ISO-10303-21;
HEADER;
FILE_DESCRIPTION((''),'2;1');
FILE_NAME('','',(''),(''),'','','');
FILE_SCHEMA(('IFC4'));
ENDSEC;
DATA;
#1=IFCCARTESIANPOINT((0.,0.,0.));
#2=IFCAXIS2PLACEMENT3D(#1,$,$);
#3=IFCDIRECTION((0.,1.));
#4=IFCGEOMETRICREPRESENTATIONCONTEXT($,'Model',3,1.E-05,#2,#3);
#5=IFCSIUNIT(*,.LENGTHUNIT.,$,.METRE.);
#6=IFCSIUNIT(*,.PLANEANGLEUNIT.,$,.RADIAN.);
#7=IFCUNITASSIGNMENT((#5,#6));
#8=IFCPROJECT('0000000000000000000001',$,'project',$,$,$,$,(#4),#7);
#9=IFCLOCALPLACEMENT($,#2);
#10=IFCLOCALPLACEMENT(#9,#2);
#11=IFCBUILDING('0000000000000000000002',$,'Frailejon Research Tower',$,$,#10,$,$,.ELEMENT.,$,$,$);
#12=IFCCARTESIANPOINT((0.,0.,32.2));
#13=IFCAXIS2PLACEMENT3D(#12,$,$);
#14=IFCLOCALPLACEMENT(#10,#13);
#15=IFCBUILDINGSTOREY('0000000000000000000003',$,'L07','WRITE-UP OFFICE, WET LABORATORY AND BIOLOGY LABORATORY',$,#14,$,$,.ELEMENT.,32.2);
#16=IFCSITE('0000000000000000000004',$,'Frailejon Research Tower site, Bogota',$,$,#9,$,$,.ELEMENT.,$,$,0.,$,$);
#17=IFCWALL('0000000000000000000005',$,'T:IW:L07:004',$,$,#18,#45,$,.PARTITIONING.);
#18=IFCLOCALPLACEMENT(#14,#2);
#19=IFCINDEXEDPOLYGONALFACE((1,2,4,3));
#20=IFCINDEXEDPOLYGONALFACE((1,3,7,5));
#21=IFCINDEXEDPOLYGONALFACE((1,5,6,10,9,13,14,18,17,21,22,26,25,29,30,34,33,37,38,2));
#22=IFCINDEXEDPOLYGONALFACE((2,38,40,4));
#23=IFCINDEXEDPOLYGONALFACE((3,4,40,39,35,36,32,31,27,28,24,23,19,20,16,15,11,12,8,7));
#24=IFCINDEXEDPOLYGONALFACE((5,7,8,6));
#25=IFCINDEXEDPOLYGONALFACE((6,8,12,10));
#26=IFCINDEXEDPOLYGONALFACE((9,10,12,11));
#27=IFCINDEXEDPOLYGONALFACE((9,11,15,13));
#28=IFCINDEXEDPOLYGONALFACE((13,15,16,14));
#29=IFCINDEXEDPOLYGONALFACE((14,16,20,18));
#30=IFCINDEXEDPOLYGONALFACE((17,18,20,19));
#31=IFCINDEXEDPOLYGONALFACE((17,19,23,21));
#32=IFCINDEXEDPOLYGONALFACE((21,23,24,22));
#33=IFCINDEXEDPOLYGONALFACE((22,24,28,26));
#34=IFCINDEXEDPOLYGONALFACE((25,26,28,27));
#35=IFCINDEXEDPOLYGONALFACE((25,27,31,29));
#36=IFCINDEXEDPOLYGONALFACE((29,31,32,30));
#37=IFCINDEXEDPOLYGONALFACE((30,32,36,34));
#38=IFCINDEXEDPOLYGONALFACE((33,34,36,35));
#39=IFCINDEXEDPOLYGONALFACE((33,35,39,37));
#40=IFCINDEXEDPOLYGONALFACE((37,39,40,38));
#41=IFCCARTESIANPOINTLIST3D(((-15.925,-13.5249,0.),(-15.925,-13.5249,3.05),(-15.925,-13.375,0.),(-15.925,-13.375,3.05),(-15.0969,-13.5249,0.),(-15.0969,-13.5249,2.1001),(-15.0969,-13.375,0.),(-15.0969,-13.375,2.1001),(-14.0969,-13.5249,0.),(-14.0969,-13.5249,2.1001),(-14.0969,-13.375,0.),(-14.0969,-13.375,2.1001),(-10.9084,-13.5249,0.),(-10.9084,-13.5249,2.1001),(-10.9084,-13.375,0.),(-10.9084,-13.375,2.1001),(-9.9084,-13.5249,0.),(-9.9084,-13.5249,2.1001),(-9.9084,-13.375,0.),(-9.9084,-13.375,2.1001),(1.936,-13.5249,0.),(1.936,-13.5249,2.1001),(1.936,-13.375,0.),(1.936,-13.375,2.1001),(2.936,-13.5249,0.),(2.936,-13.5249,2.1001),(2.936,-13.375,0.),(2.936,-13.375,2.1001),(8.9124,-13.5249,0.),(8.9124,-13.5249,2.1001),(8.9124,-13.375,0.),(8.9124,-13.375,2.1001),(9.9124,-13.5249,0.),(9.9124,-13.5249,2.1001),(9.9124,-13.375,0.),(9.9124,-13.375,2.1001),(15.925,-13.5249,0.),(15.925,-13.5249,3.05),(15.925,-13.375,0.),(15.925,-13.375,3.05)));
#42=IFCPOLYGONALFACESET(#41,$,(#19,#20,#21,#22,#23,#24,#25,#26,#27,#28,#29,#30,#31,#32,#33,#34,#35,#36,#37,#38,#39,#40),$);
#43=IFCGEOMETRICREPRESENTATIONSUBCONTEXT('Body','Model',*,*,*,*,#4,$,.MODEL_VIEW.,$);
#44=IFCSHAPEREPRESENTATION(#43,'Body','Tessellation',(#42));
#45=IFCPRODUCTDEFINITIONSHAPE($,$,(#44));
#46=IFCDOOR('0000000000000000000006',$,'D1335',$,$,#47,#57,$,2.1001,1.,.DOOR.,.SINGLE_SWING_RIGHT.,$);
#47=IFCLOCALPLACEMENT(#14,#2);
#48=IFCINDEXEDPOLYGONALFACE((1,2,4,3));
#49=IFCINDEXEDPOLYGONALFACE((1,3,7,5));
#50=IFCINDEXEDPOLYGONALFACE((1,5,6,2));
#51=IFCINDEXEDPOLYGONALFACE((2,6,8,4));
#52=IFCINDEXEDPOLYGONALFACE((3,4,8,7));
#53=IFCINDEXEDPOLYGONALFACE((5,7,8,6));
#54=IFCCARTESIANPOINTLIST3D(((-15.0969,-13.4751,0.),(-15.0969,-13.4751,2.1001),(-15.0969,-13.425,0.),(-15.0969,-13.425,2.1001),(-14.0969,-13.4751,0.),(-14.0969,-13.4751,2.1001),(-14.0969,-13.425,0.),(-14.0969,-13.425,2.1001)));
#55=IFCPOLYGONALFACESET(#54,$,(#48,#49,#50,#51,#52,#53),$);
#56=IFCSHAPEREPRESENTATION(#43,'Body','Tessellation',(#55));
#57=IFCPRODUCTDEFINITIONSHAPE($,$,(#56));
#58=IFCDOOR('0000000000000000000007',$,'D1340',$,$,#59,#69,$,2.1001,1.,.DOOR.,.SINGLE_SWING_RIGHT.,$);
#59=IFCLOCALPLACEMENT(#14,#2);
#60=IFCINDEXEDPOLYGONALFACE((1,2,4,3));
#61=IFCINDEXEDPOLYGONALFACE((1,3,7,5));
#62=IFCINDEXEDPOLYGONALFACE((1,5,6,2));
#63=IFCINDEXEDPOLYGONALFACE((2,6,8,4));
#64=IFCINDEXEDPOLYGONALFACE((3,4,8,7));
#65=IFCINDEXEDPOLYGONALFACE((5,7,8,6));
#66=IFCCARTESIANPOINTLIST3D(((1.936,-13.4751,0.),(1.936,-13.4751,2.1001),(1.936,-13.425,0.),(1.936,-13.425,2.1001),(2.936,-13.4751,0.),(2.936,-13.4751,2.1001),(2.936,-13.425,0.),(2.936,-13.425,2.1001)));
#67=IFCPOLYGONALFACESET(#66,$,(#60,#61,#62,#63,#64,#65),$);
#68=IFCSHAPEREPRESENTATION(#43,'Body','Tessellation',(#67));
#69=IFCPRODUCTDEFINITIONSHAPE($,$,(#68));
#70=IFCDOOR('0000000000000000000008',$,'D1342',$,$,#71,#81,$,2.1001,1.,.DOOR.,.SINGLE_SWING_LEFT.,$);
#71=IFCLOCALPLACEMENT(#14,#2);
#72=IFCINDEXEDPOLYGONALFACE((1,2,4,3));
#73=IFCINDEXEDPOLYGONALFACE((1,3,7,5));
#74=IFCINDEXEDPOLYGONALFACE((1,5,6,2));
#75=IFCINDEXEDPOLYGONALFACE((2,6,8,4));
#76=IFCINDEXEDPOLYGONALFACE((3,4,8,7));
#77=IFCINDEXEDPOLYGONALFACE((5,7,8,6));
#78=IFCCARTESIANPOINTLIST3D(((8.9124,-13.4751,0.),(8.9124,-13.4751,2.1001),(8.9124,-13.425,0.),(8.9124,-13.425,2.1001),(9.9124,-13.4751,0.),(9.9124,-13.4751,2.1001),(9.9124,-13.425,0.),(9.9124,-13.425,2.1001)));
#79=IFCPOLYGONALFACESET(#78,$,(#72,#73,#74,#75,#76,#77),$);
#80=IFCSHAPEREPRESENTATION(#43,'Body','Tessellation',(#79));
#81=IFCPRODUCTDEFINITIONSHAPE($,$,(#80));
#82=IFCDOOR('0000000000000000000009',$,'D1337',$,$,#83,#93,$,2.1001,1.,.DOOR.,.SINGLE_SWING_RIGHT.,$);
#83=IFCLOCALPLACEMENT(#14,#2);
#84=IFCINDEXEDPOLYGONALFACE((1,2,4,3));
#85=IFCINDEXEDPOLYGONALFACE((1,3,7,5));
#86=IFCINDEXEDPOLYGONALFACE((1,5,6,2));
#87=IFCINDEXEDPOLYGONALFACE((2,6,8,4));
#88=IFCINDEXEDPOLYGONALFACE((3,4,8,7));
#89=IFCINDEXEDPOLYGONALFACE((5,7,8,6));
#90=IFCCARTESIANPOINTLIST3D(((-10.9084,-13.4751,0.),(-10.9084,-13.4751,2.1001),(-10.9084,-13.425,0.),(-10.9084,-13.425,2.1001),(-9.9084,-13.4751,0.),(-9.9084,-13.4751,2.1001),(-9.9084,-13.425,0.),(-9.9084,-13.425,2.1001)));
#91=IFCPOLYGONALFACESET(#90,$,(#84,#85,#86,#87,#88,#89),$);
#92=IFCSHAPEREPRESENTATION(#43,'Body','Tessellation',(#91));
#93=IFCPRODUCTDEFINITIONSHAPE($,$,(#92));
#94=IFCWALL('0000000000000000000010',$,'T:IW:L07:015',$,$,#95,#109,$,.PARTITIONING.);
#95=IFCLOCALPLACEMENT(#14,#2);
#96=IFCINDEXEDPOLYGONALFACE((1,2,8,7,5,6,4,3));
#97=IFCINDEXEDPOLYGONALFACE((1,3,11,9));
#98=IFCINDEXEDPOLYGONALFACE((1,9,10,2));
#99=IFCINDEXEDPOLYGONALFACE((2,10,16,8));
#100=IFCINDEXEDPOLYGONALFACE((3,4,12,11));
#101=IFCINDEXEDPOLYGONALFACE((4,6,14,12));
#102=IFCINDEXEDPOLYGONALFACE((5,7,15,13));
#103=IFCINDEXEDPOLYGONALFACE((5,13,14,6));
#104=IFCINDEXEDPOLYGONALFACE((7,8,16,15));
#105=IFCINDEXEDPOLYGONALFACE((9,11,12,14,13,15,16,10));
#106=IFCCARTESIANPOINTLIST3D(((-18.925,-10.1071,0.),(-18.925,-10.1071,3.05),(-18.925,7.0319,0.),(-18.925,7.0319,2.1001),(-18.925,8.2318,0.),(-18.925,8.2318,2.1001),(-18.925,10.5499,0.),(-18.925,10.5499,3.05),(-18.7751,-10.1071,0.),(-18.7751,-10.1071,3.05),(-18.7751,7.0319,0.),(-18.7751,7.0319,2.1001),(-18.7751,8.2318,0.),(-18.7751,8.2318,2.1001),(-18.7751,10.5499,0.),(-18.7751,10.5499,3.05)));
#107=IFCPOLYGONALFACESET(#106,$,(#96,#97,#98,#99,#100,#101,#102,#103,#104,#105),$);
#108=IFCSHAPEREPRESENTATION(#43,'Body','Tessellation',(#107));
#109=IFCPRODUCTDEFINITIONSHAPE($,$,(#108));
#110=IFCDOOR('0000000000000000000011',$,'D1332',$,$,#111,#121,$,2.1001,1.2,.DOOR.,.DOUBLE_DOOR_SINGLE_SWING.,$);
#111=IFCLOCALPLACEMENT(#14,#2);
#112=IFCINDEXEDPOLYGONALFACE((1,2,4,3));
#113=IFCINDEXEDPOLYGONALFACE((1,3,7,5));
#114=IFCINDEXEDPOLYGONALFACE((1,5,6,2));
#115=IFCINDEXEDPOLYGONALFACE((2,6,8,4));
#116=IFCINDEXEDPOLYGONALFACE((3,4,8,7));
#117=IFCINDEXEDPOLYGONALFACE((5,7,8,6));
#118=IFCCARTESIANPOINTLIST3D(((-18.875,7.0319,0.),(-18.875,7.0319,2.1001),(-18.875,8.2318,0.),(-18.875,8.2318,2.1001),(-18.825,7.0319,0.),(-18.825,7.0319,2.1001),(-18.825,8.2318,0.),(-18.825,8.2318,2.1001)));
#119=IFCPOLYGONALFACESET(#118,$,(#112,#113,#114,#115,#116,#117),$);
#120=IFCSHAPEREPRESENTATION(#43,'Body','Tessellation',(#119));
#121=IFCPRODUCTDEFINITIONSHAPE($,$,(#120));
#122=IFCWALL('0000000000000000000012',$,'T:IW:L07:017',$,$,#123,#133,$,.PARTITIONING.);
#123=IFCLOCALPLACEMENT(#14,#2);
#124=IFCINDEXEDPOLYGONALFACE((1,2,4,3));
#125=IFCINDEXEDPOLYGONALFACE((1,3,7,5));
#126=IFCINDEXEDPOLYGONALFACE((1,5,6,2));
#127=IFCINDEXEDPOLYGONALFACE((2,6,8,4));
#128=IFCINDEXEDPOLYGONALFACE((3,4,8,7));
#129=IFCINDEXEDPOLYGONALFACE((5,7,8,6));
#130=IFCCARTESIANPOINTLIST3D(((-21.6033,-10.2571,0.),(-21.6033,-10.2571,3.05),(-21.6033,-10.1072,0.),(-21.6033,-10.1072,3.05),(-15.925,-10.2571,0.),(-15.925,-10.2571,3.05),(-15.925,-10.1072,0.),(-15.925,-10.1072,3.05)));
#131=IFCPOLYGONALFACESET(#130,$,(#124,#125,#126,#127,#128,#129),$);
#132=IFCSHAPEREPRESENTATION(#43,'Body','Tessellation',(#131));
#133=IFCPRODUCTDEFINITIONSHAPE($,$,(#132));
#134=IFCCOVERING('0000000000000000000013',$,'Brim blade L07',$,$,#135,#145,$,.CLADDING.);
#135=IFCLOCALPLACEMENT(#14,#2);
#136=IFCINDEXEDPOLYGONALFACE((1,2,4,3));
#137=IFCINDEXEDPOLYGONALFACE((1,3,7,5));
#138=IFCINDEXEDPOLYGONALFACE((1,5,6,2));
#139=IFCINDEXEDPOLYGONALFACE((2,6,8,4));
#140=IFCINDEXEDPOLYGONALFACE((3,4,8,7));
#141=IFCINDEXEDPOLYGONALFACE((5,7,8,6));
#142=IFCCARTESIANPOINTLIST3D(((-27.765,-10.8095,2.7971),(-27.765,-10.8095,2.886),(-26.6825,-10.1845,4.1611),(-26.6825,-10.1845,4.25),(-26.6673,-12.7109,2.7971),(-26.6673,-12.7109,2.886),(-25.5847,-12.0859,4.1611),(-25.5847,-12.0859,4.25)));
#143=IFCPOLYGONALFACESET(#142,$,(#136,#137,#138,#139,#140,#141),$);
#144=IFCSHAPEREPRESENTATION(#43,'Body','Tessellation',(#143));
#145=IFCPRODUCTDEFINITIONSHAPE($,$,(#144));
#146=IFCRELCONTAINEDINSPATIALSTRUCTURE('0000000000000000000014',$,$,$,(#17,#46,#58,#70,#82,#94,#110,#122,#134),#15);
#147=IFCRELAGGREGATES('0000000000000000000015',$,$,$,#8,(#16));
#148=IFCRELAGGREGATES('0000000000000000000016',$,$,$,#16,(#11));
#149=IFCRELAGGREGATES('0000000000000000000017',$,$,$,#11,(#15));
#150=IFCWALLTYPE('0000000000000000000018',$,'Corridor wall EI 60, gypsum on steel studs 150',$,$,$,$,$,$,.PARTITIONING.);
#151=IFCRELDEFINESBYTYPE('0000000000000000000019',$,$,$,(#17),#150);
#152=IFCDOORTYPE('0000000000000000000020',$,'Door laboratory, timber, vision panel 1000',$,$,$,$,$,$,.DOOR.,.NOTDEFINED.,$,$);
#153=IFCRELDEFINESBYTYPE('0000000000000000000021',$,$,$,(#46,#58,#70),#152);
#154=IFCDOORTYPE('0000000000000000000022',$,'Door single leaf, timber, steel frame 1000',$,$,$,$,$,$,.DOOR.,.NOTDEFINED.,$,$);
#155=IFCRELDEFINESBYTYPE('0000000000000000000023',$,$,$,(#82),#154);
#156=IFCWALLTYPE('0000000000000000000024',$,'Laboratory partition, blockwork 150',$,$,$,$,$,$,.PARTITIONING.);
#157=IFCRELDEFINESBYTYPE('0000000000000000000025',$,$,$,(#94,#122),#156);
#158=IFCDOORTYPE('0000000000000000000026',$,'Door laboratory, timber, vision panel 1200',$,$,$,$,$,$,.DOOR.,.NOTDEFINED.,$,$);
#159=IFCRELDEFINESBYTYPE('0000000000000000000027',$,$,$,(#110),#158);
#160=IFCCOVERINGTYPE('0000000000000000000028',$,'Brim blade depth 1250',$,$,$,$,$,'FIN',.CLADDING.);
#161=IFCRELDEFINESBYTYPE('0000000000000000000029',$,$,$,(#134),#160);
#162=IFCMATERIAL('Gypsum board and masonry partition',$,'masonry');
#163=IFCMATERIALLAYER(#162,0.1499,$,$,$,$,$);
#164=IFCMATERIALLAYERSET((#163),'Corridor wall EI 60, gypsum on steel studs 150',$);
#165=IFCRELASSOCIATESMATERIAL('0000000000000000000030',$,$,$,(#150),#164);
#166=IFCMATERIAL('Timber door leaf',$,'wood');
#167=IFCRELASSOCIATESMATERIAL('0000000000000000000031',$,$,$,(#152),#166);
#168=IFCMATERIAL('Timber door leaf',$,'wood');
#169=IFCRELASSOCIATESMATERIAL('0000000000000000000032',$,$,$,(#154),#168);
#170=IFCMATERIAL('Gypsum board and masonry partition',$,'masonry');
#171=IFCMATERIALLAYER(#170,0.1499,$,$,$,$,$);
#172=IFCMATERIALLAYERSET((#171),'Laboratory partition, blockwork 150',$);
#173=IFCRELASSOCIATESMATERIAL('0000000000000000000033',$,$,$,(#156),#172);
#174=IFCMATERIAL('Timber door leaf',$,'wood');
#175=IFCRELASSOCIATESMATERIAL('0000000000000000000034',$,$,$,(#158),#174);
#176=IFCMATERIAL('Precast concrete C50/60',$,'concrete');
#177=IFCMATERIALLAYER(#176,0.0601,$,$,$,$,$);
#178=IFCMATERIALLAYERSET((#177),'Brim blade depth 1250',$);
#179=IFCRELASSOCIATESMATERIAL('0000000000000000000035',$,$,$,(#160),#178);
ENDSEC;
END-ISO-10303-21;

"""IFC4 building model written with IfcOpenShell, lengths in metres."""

from ifc_helpers import new_model, si_unit, direction, frame, frame_2d, origin, place, context, subcontext, project, spatial, polyline, rectangle, outline, extrude, material, layer, layer_set, type_object, element, fill, save


model = new_model("IFC4")

# Units and contexts
model_context = context("Model", 3, precision=1e-05, world=origin(), true_north=direction((0.0, 1.0)))
body_context = subcontext(model_context, "Body", "Model", "MODEL_VIEW")
ifc_project = project(units=[si_unit("LENGTHUNIT", "METRE"), si_unit("PLANEANGLEUNIT", "RADIAN")], contexts=[model_context])

# Site, building, storey
site_placement = place(None, origin())
site = spatial("IfcSite", under=ifc_project, at=site_placement, Name="Frailejon Research Tower site, Bogota", CompositionType="ELEMENT", RefElevation=0.0)
building_placement = place(site_placement, origin())
building = spatial("IfcBuilding", under=site, at=building_placement, Name="Frailejon Research Tower", CompositionType="ELEMENT")
storey_placement = place(building_placement, frame((0.0, 0.0, 32.2)))
storey = spatial("IfcBuildingStorey", under=building, at=storey_placement, Name="L07", Description="WRITE-UP OFFICE, WET LABORATORY AND BIOLOGY LABORATORY", CompositionType="ELEMENT", Elevation=32.2)

# Wall, openings, doors
ifc_material_1 = material(Name="Gypsum board and masonry partition", Category="masonry")
ifc_layer_1 = layer(ifc_material_1, 0.1499)
ifc_layer_set_1 = layer_set([ifc_layer_1], Name="Corridor wall EI 60, gypsum on steel studs 150")
wall_type_1 = type_object("IfcWallType", Name="Corridor wall EI 60, gypsum on steel studs 150", PredefinedType="PARTITIONING", material=ifc_layer_set_1)
ifc_material_2 = material(Name="Timber door leaf", Category="wood")
door_type_1 = type_object("IfcDoorType", Name="Door laboratory, timber, vision panel 1000", OperationType="NOTDEFINED", PredefinedType="DOOR", material=ifc_material_2)
ifc_material_3 = material(Name="Timber door leaf", Category="wood")
door_type_2 = type_object("IfcDoorType", Name="Door single leaf, timber, steel frame 1000", OperationType="NOTDEFINED", PredefinedType="DOOR", material=ifc_material_3)
wall_1_placement = place(storey_placement, frame((-15.925, -13.45, 0.0), z_axis=(0.0, 0.0, 1.0), x_axis=(1.0, 0.0, 0.0)))
wall_1 = element("IfcWall", 1, at=wall_1_placement, inside=storey, type_object=wall_type_1, Name="T:IW:L07:004", PredefinedType="PARTITIONING", context=body_context, shape_type="SweptSolid", body=[
    extrude(rectangle(XDim=31.8501, YDim=0.1499, at=frame_2d((15.925, 0.0))), origin(), (0.0, 0.0, 1.0), 3.05),
])
opening_1_placement = place(wall_1_placement, frame((0.8281, 0.0, 0.0)))
opening_1 = element("IfcOpeningElement", 2, at=opening_1_placement, cuts=wall_1, PredefinedType="OPENING", context=body_context, shape_type="SweptSolid", body=[
    extrude(rectangle(XDim=1.0, YDim=2.1001, at=frame_2d((0.5, 1.05))), frame((0.0, 0.085, 0.0), z_axis=(0.0, -1.0, 0.0), x_axis=(1.0, 0.0, 0.0)), (0.0, 0.0, 1.0), 0.1699),
])
opening_2_placement = place(wall_1_placement, frame((5.0166, 0.0, 0.0)))
opening_2 = element("IfcOpeningElement", 3, at=opening_2_placement, cuts=wall_1, PredefinedType="OPENING", context=body_context, shape_type="SweptSolid", body=[
    extrude(rectangle(XDim=1.0, YDim=2.1001, at=frame_2d((0.5, 1.05))), frame((0.0, 0.085, 0.0), z_axis=(0.0, -1.0, 0.0), x_axis=(1.0, 0.0, 0.0)), (0.0, 0.0, 1.0), 0.1699),
])
opening_3_placement = place(wall_1_placement, frame((17.8611, 0.0, 0.0)))
opening_3 = element("IfcOpeningElement", 4, at=opening_3_placement, cuts=wall_1, PredefinedType="OPENING", context=body_context, shape_type="SweptSolid", body=[
    extrude(rectangle(XDim=1.0, YDim=2.1001, at=frame_2d((0.5, 1.05))), frame((0.0, 0.085, 0.0), z_axis=(0.0, -1.0, 0.0), x_axis=(1.0, 0.0, 0.0)), (0.0, 0.0, 1.0), 0.1699),
])
opening_4_placement = place(wall_1_placement, frame((24.8374, 0.0, 0.0)))
opening_4 = element("IfcOpeningElement", 5, at=opening_4_placement, cuts=wall_1, PredefinedType="OPENING", context=body_context, shape_type="SweptSolid", body=[
    extrude(rectangle(XDim=1.0, YDim=2.1001, at=frame_2d((0.5, 1.05))), frame((0.0, 0.085, 0.0), z_axis=(0.0, -1.0, 0.0), x_axis=(1.0, 0.0, 0.0)), (0.0, 0.0, 1.0), 0.1699),
])
door_1_placement = place(opening_1_placement, origin())
door_1 = element("IfcDoor", 6, at=door_1_placement, inside=storey, type_object=door_type_1, Name="D1335", OperationType="SINGLE_SWING_RIGHT", OverallHeight=2.1001, OverallWidth=1.0, PredefinedType="DOOR", context=body_context, shape_type="SweptSolid", body=[
    extrude(rectangle(XDim=1.0, YDim=2.1001, at=frame_2d((0.5, 1.05))), frame((0.0, 0.0249, 0.0), z_axis=(0.0, -1.0, 0.0), x_axis=(1.0, 0.0, 0.0)), (0.0, 0.0, 1.0), 0.05),
])
fill(opening_1, door_1)
door_2_placement = place(opening_3_placement, origin())
door_2 = element("IfcDoor", 7, at=door_2_placement, inside=storey, type_object=door_type_1, Name="D1340", OperationType="SINGLE_SWING_RIGHT", OverallHeight=2.1001, OverallWidth=1.0, PredefinedType="DOOR", context=body_context, shape_type="SweptSolid", body=[
    extrude(rectangle(XDim=1.0, YDim=2.1001, at=frame_2d((0.5, 1.05))), frame((0.0, 0.0249, 0.0), z_axis=(0.0, -1.0, 0.0), x_axis=(1.0, 0.0, 0.0)), (0.0, 0.0, 1.0), 0.05),
])
fill(opening_3, door_2)
door_3_placement = place(opening_4_placement, origin())
door_3 = element("IfcDoor", 8, at=door_3_placement, inside=storey, type_object=door_type_1, Name="D1342", OperationType="SINGLE_SWING_LEFT", OverallHeight=2.1001, OverallWidth=1.0, PredefinedType="DOOR", context=body_context, shape_type="SweptSolid", body=[
    extrude(rectangle(XDim=1.0, YDim=2.1001, at=frame_2d((0.5, 1.05))), frame((0.0, 0.0249, 0.0), z_axis=(0.0, -1.0, 0.0), x_axis=(1.0, 0.0, 0.0)), (0.0, 0.0, 1.0), 0.05),
])
fill(opening_4, door_3)
door_4_placement = place(opening_2_placement, origin())
door_4 = element("IfcDoor", 9, at=door_4_placement, inside=storey, type_object=door_type_2, Name="D1337", OperationType="SINGLE_SWING_RIGHT", OverallHeight=2.1001, OverallWidth=1.0, PredefinedType="DOOR", context=body_context, shape_type="SweptSolid", body=[
    extrude(rectangle(XDim=1.0, YDim=2.1001, at=frame_2d((0.5, 1.05))), frame((0.0, 0.0249, 0.0), z_axis=(0.0, -1.0, 0.0), x_axis=(1.0, 0.0, 0.0)), (0.0, 0.0, 1.0), 0.05),
])
fill(opening_2, door_4)

# Wall, opening, door
ifc_material_4 = material(Name="Gypsum board and masonry partition", Category="masonry")
ifc_layer_2 = layer(ifc_material_4, 0.1499)
ifc_layer_set_2 = layer_set([ifc_layer_2], Name="Laboratory partition, blockwork 150")
wall_type_2 = type_object("IfcWallType", Name="Laboratory partition, blockwork 150", PredefinedType="PARTITIONING", material=ifc_layer_set_2)
wall_2_placement = place(storey_placement, frame((-18.8501, -10.1072, 0.0), z_axis=(0.0, 0.0, 1.0), x_axis=(0.0, 1.0, 0.0)))
wall_2 = element("IfcWall", 10, at=wall_2_placement, inside=storey, type_object=wall_type_2, Name="T:IW:L07:015", PredefinedType="PARTITIONING", context=body_context, shape_type="SweptSolid", body=[
    extrude(rectangle(XDim=20.657, YDim=0.1499, at=frame_2d((10.3286, 0.0))), origin(), (0.0, 0.0, 1.0), 3.05),
])
opening_5_placement = place(wall_2_placement, frame((17.1389, 0.0, 0.0)))
opening_5 = element("IfcOpeningElement", 11, at=opening_5_placement, cuts=wall_2, PredefinedType="OPENING", context=body_context, shape_type="SweptSolid", body=[
    extrude(rectangle(XDim=1.2, YDim=2.1001, at=frame_2d((0.6001, 1.05))), frame((0.0, 0.085, 0.0), z_axis=(0.0, -1.0, 0.0), x_axis=(1.0, 0.0, 0.0)), (0.0, 0.0, 1.0), 0.1699),
])
ifc_material_5 = material(Name="Timber door leaf", Category="wood")
door_type_3 = type_object("IfcDoorType", Name="Door laboratory, timber, vision panel 1200", OperationType="NOTDEFINED", PredefinedType="DOOR", material=ifc_material_5)
door_5_placement = place(opening_5_placement, origin())
door_5 = element("IfcDoor", 12, at=door_5_placement, inside=storey, type_object=door_type_3, Name="D1332", OperationType="DOUBLE_DOOR_SINGLE_SWING", OverallHeight=2.1001, OverallWidth=1.2, PredefinedType="DOOR", context=body_context, shape_type="SweptSolid", body=[
    extrude(rectangle(XDim=1.2, YDim=2.1001, at=frame_2d((0.6001, 1.05))), frame((0.0, 0.0249, 0.0), z_axis=(0.0, -1.0, 0.0), x_axis=(1.0, 0.0, 0.0)), (0.0, 0.0, 1.0), 0.05),
])
fill(opening_5, door_5)

# Wall
wall_3_placement = place(storey_placement, frame((-21.6033, -10.1821, 0.0), z_axis=(0.0, 0.0, 1.0), x_axis=(1.0, 0.0, 0.0)))
element("IfcWall", 13, at=wall_3_placement, inside=storey, type_object=wall_type_2, Name="T:IW:L07:017", PredefinedType="PARTITIONING", context=body_context, shape_type="SweptSolid", body=[
    extrude(rectangle(XDim=5.6782, YDim=0.1499, at=frame_2d((2.8391, 0.0))), origin(), (0.0, 0.0, 1.0), 3.05),
])

# Covering
ifc_material_6 = material(Name="Precast concrete C50/60", Category="concrete")
ifc_layer_3 = layer(ifc_material_6, 0.0601)
ifc_layer_set_3 = layer_set([ifc_layer_3], Name="Brim blade depth 1250")
covering_type = type_object("IfcCoveringType", Name="Brim blade depth 1250", ElementType="FIN", PredefinedType="CLADDING", material=ifc_layer_set_3)
covering_placement = place(storey_placement, frame((-25.5847, -12.0859, 4.25), z_axis=(-0.499996, 0.866028, 0.0), x_axis=(-0.866028, -0.499996, 0.0)))
element("IfcCovering", 14, at=covering_placement, inside=storey, type_object=covering_type, Name="Brim blade L07", PredefinedType="CLADDING", context=body_context, shape_type="SweptSolid", body=[
    extrude(outline(polyline([(0.0, -0.0889), (1.25, -1.4529), (1.25, -1.364), (0.0, 0.0), (0.0, -0.0889)])), origin(), (0.0, 0.0, 1.0), 2.1956),
])

save(model, "model.ifc")
